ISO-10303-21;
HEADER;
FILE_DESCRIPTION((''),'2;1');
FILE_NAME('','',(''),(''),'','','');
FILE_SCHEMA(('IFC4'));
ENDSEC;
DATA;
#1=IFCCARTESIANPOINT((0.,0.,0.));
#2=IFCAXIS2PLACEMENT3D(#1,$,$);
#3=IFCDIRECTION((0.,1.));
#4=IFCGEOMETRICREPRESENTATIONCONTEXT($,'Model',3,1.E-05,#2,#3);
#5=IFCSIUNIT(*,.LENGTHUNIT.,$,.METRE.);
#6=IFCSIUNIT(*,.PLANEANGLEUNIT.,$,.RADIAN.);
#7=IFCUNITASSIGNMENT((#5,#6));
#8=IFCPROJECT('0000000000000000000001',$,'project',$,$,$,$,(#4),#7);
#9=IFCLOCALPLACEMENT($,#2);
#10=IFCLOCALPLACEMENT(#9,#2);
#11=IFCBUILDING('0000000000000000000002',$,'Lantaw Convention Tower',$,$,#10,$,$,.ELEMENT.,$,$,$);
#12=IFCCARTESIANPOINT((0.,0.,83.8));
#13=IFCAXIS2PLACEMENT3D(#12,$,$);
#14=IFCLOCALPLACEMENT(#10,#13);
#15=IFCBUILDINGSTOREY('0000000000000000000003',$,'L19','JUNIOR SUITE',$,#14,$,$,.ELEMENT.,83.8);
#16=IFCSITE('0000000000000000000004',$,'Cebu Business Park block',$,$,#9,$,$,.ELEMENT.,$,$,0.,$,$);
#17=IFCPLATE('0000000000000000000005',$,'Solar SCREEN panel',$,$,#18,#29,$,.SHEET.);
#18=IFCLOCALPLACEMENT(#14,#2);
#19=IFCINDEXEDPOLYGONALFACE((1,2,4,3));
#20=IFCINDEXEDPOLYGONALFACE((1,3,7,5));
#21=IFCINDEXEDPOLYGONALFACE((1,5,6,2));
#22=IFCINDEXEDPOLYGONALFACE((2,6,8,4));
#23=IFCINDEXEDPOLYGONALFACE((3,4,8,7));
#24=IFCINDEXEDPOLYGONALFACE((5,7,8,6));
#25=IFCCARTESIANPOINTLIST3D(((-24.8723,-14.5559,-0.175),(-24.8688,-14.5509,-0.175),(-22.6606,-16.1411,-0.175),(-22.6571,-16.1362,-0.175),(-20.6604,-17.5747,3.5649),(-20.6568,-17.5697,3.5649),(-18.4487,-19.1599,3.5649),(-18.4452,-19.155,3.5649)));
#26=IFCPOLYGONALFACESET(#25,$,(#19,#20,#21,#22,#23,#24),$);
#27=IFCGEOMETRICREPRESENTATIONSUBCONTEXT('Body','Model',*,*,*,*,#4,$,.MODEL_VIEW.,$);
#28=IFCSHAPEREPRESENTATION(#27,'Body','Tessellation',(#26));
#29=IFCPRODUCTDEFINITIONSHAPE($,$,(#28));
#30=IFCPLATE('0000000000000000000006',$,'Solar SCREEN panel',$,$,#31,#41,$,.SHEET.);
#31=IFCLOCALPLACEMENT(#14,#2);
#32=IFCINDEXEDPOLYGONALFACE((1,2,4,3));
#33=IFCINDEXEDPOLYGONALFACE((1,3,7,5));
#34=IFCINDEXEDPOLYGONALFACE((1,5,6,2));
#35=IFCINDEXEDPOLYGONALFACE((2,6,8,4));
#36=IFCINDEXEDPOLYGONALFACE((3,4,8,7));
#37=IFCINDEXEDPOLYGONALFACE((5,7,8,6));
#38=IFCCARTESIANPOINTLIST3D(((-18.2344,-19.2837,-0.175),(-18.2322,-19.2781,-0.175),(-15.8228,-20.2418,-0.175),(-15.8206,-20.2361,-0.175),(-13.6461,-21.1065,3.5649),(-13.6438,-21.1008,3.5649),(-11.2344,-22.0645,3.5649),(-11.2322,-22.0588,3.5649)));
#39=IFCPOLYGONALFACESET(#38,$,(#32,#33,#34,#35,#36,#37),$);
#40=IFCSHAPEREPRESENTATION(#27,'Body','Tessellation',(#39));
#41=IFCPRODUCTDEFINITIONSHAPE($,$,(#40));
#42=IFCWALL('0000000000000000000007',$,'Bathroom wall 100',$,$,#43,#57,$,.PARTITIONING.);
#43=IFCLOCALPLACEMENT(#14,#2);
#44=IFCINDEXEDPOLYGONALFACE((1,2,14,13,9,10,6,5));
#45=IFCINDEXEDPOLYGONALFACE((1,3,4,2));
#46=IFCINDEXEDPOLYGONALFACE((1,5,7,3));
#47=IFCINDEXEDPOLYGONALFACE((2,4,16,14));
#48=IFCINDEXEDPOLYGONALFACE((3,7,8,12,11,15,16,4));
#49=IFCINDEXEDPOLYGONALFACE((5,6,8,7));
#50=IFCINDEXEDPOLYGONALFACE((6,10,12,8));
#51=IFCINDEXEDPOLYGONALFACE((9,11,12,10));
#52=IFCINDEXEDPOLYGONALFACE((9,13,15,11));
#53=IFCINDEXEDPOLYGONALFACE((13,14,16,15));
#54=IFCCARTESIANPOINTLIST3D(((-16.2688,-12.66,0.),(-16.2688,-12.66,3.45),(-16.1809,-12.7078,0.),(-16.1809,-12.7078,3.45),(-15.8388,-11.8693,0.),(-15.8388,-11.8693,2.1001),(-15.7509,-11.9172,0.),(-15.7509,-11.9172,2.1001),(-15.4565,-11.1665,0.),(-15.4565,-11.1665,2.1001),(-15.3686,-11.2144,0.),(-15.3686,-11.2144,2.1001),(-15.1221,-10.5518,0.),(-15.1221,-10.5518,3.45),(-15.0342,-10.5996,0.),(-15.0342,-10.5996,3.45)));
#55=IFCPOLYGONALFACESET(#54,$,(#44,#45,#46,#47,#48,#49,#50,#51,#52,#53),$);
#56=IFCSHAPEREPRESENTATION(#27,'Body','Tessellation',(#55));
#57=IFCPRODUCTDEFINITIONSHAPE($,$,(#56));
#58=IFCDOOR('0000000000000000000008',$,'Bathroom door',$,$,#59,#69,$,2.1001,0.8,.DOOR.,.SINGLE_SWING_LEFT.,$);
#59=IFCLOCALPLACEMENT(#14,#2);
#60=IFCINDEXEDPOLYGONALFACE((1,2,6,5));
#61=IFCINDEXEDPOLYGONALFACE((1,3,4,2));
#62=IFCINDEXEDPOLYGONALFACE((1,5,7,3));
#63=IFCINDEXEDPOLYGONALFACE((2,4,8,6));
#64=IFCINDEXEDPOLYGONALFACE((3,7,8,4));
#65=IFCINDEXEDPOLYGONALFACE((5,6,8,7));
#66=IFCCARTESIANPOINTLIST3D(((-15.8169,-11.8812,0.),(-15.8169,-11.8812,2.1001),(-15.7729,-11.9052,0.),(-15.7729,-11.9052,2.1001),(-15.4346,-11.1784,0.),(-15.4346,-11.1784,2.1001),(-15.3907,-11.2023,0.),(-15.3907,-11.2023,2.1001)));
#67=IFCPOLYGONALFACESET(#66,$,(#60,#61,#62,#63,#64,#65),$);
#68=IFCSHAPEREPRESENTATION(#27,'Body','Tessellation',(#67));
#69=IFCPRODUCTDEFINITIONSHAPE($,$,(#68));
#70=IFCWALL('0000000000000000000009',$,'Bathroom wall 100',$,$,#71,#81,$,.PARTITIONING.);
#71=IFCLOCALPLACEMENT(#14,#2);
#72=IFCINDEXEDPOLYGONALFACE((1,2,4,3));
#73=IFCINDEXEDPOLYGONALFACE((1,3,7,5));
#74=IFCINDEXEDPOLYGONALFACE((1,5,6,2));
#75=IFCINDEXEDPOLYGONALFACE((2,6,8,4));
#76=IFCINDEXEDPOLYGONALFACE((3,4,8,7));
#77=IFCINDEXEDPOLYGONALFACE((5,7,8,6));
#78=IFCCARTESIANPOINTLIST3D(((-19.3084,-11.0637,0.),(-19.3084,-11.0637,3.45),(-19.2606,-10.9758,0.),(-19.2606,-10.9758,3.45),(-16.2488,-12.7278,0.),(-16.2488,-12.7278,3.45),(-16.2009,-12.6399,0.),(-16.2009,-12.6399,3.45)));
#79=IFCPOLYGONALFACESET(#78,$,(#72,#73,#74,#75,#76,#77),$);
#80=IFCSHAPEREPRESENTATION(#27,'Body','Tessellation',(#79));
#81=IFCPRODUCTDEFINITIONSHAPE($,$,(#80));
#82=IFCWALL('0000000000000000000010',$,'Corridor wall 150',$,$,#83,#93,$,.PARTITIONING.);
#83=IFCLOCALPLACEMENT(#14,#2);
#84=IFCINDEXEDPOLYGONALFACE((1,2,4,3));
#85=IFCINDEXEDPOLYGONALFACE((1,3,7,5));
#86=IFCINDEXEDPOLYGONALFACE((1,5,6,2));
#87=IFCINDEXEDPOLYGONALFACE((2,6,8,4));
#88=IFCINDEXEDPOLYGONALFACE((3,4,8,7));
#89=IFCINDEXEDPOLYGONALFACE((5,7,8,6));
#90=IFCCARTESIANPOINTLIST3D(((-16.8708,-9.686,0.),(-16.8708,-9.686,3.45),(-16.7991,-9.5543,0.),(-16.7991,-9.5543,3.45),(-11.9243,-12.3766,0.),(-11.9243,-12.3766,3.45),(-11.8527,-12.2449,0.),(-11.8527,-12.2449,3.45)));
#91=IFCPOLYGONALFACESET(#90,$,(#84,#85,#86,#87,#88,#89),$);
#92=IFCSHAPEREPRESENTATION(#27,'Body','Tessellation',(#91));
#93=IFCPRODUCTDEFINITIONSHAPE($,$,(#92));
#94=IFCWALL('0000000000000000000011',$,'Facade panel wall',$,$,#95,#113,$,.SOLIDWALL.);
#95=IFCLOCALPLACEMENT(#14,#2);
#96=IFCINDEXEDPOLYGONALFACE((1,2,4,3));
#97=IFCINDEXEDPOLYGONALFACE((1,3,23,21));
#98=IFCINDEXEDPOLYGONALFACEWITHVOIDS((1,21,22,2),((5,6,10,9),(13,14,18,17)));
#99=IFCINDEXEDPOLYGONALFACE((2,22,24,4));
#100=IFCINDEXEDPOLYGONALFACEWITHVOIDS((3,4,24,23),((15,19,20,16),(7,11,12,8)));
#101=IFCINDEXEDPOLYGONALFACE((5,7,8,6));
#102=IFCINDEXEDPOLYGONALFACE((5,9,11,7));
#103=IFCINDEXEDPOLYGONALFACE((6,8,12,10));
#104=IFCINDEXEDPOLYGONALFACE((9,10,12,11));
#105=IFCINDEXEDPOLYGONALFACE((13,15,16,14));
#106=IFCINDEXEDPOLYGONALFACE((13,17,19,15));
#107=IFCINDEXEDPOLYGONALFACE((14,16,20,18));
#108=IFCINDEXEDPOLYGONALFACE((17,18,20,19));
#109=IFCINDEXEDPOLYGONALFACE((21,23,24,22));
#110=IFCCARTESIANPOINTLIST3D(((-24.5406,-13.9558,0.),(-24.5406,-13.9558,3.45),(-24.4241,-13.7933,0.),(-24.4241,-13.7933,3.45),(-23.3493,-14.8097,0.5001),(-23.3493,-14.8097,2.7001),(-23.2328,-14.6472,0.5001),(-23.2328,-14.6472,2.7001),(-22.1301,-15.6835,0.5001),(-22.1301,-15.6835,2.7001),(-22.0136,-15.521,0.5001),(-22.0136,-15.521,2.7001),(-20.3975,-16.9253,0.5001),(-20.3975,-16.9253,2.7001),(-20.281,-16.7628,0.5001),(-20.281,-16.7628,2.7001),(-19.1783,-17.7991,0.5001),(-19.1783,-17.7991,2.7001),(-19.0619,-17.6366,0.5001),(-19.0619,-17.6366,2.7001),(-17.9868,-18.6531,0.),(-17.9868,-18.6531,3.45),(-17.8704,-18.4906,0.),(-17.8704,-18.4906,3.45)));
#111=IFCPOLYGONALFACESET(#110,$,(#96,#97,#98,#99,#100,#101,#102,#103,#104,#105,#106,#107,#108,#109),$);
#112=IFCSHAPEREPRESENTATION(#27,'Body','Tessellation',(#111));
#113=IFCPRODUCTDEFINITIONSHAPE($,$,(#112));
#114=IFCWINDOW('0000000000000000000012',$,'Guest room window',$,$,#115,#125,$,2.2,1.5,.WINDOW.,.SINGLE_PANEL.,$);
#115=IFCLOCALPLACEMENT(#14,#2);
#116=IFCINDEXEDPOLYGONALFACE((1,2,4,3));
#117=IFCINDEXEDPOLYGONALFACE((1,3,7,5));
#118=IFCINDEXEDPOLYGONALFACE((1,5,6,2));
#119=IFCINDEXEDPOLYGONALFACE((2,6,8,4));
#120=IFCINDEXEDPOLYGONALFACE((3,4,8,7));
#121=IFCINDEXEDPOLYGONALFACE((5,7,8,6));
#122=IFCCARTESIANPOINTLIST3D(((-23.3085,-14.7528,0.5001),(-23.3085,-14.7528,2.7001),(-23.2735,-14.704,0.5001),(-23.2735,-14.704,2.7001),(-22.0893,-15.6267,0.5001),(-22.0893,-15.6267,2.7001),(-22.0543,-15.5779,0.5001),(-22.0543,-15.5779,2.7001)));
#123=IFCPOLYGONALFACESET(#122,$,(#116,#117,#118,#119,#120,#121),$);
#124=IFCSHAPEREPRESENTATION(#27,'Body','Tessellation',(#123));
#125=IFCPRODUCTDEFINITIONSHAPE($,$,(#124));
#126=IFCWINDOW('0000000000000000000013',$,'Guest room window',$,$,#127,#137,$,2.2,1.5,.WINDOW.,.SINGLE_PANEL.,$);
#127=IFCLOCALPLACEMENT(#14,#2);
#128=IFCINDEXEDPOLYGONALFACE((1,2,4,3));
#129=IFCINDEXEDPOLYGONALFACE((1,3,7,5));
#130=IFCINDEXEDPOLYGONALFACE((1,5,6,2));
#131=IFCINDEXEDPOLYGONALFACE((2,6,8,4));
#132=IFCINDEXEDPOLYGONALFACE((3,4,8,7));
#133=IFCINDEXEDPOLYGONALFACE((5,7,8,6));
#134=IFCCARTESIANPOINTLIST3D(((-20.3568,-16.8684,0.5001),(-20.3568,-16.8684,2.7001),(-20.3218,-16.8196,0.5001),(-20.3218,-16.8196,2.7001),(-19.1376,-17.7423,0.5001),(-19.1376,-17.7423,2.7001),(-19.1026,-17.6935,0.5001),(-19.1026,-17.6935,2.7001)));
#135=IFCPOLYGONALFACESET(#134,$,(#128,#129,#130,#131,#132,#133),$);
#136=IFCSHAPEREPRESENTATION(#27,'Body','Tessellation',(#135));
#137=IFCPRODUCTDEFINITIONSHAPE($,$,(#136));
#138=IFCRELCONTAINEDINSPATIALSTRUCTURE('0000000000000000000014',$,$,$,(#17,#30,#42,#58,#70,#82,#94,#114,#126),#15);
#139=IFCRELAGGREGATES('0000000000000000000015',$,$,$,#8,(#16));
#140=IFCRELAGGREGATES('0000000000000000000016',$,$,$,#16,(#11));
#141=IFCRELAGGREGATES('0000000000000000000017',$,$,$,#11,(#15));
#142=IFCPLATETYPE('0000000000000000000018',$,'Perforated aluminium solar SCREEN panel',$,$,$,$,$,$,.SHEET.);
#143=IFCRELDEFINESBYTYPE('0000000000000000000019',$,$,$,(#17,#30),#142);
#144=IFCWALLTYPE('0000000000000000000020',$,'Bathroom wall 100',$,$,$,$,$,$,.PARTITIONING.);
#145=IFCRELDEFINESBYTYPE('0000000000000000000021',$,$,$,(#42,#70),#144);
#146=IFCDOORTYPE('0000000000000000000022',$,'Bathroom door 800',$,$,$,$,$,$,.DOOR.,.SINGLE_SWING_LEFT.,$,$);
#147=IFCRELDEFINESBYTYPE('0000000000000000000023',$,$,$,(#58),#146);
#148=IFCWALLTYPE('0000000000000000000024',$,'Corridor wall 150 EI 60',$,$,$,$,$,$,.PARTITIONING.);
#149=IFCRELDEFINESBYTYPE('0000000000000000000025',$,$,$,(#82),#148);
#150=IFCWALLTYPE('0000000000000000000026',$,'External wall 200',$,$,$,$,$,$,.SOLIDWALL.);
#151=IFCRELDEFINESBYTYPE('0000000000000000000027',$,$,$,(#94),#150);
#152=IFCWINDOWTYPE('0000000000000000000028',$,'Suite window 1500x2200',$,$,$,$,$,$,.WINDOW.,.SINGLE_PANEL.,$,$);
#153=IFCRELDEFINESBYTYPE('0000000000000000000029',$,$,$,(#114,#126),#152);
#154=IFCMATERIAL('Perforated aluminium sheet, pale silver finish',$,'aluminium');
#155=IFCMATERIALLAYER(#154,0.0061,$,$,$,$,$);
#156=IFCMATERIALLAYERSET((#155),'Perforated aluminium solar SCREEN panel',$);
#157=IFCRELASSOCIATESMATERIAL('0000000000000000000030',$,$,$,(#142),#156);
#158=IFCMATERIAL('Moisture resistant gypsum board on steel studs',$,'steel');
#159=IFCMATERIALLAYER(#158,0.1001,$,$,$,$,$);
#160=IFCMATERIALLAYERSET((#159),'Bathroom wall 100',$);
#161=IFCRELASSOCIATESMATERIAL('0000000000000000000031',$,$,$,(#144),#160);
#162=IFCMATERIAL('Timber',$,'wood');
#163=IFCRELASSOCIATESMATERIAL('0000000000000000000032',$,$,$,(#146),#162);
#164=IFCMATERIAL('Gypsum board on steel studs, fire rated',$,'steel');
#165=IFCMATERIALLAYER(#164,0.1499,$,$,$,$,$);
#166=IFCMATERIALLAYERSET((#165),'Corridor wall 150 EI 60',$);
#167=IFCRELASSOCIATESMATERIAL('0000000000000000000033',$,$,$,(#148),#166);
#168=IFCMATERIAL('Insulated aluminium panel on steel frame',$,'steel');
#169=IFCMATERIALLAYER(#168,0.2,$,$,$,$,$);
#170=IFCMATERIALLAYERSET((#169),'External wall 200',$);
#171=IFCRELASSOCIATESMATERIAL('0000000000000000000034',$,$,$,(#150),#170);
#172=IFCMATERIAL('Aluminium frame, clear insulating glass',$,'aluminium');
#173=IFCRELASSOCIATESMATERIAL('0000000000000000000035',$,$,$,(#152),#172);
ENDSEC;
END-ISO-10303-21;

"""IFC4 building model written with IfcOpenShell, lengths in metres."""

from ifc_helpers import new_model, si_unit, direction, frame, frame_2d, origin, place, context, subcontext, project, spatial, polyline, rectangle, outline, extrude, material, layer, layer_set, type_object, element, fill, save


model = new_model("IFC4")

# Units and contexts
model_context = context("Model", 3, precision=1e-05, world=origin(), true_north=direction((0.0, 1.0)))
body_context = subcontext(model_context, "Body", "Model", "MODEL_VIEW")
ifc_project = project(units=[si_unit("LENGTHUNIT", "METRE"), si_unit("PLANEANGLEUNIT", "RADIAN")], contexts=[model_context])

# Site, building, storey
site_placement = place(None, origin())
site = spatial("IfcSite", under=ifc_project, at=site_placement, Name="Cebu Business Park block", CompositionType="ELEMENT", RefElevation=0.0)
building_placement = place(site_placement, origin())
building = spatial("IfcBuilding", under=site, at=building_placement, Name="Lantaw Convention Tower", CompositionType="ELEMENT")
storey_placement = place(building_placement, frame((0.0, 0.0, 83.8)))
storey = spatial("IfcBuildingStorey", under=building, at=storey_placement, Name="L19", Description="JUNIOR SUITE", CompositionType="ELEMENT", Elevation=83.8)

# Plates
ifc_material_1 = material(Name="Perforated aluminium sheet, pale silver finish", Category="aluminium")
ifc_layer_1 = layer(ifc_material_1, 0.0061)
ifc_layer_set_1 = layer_set([ifc_layer_1], Name="Perforated aluminium solar SCREEN panel")
plate_type = type_object("IfcPlateType", Name="Perforated aluminium solar SCREEN panel", PredefinedType="SHEET", material=ifc_layer_set_1)
plate_1_placement = place(storey_placement, frame((-24.8723, -14.5559, -0.175), z_axis=(-0.582561, -0.812787, 0.000016), x_axis=(0.812787, -0.582561, 0.0)))
element("IfcPlate", 1, at=plate_1_placement, inside=storey, type_object=plate_type, Name="Solar SCREEN panel", PredefinedType="SHEET", context=body_context, shape_type="SweptSolid", body=[
    extrude(outline(polyline([(0.0, 0.0), (2.7211, 0.0), (7.9031, 3.74), (5.182, 3.74), (0.0, 0.0)])), origin(), (0.0, 0.0, -1.0), 0.0061),
])
plate_2_placement = place(storey_placement, frame((-18.2322, -19.2781, -0.175), z_axis=(0.369184, 0.929357, 0.000009), x_axis=(0.929357, -0.369184, 0.0)))
element("IfcPlate", 2, at=plate_2_placement, inside=storey, type_object=plate_type, Name="Solar SCREEN panel", PredefinedType="SHEET", context=body_context, shape_type="SweptSolid", body=[
    extrude(outline(polyline([(0.0, 0.0), (2.5949, 0.0), (7.5321, -3.74), (4.9372, -3.74), (0.0, 0.0)])), origin(), (0.0, 0.0, -1.0), 0.0061),
])

# Wall, opening, door
ifc_material_2 = material(Name="Moisture resistant gypsum board on steel studs", Category="steel")
ifc_layer_2 = layer(ifc_material_2, 0.1001)
ifc_layer_set_2 = layer_set([ifc_layer_2], Name="Bathroom wall 100")
wall_type_1 = type_object("IfcWallType", Name="Bathroom wall 100", PredefinedType="PARTITIONING", material=ifc_layer_set_2)
wall_1_placement = place(storey_placement, frame((-15.0781, -10.5757, 0.0), z_axis=(0.0, 0.0, 1.0), x_axis=(-0.477833, -0.878451, 0.0)))
wall_1 = element("IfcWall", 3, at=wall_1_placement, inside=storey, type_object=wall_type_1, Name="Bathroom wall 100", PredefinedType="PARTITIONING", context=body_context, shape_type="SweptSolid", body=[
    extrude(rectangle(XDim=2.3999, YDim=0.1001, at=frame_2d((1.2, 0.0))), origin(), (0.0, 0.0, 1.0), 3.45),
])
opening_1_placement = place(wall_1_placement, frame((0.7, 0.0, 0.0)))
opening_1 = element("IfcOpeningElement", 4, at=opening_1_placement, cuts=wall_1, PredefinedType="OPENING", context=body_context, shape_type="SweptSolid", body=[
    extrude(rectangle(XDim=0.8, YDim=2.1001, at=frame_2d((0.3999, 1.05))), frame((0.0, 0.0601, 0.0), z_axis=(0.0, -1.0, 0.0), x_axis=(1.0, 0.0, 0.0)), (0.0, 0.0, 1.0), 0.1201),
])
ifc_material_3 = material(Name="Timber", Category="wood")
door_type = type_object("IfcDoorType", Name="Bathroom door 800", OperationType="SINGLE_SWING_LEFT", PredefinedType="DOOR", material=ifc_material_3)
door_placement = place(opening_1_placement, origin())
door = element("IfcDoor", 5, at=door_placement, inside=storey, type_object=door_type, Name="Bathroom door", OperationType="SINGLE_SWING_LEFT", OverallHeight=2.1001, OverallWidth=0.8, PredefinedType="DOOR", context=body_context, shape_type="SweptSolid", body=[
    extrude(rectangle(XDim=0.8, YDim=2.1001, at=frame_2d((0.3999, 1.05))), frame((0.0, 0.0249, 0.0), z_axis=(0.0, -1.0, 0.0), x_axis=(1.0, 0.0, 0.0)), (0.0, 0.0, 1.0), 0.05),
])
fill(opening_1, door)

# Walls
wall_2_placement = place(storey_placement, frame((-16.2249, -12.6838, 0.0), z_axis=(0.0, 0.0, 1.0), x_axis=(-0.878474, 0.477791, 0.0)))
element("IfcWall", 6, at=wall_2_placement, inside=storey, type_object=wall_type_1, Name="Bathroom wall 100", PredefinedType="PARTITIONING", context=body_context, shape_type="SweptSolid", body=[
    extrude(rectangle(XDim=3.4829, YDim=0.1001, at=frame_2d((1.7415, 0.0))), origin(), (0.0, 0.0, 1.0), 3.45),
])
ifc_material_4 = material(Name="Gypsum board on steel studs, fire rated", Category="steel")
ifc_layer_3 = layer(ifc_material_4, 0.1499)
ifc_layer_set_3 = layer_set([ifc_layer_3], Name="Corridor wall 150 EI 60")
wall_type_2 = type_object("IfcWallType", Name="Corridor wall 150 EI 60", PredefinedType="PARTITIONING", material=ifc_layer_set_3)
wall_3_placement = place(storey_placement, frame((-16.835, -9.6201, 0.0), z_axis=(0.0, 0.0, 1.0), x_axis=(0.87845, -0.477834, 0.0)))
element("IfcWall", 7, at=wall_3_placement, inside=storey, type_object=wall_type_2, Name="Corridor wall 150", PredefinedType="PARTITIONING", context=body_context, shape_type="SweptSolid", body=[
    extrude(rectangle(XDim=5.6309, YDim=0.1499, at=frame_2d((2.8154, 0.0))), origin(), (0.0, 0.0, 1.0), 3.45),
])

# Wall, openings, windows
ifc_material_5 = material(Name="Insulated aluminium panel on steel frame", Category="steel")
ifc_layer_4 = layer(ifc_material_5, 0.2)
ifc_layer_set_4 = layer_set([ifc_layer_4], Name="External wall 200")
wall_type_3 = type_object("IfcWallType", Name="External wall 200", PredefinedType="SOLIDWALL", material=ifc_layer_set_4)
wall_4_placement = place(storey_placement, frame((-24.4824, -13.8745, 0.0), z_axis=(0.0, 0.0, 1.0), x_axis=(0.812791, -0.582555, 0.0)))
wall_4 = element("IfcWall", 8, at=wall_4_placement, inside=storey, type_object=wall_type_3, Name="Facade panel wall", PredefinedType="SOLIDWALL", context=body_context, shape_type="SweptSolid", body=[
    extrude(rectangle(XDim=8.0632, YDim=0.2, at=frame_2d((4.0317, 0.0))), origin(), (0.0, 0.0, 1.0), 3.45),
])
opening_2_placement = place(wall_4_placement, frame((1.4658, 0.0, 0.5)))
opening_2 = element("IfcOpeningElement", 9, at=opening_2_placement, cuts=wall_4, PredefinedType="OPENING", context=body_context, shape_type="SweptSolid", body=[
    extrude(rectangle(XDim=1.5, YDim=2.2, at=frame_2d((0.75, 1.1001))), frame((0.0, 0.1099, 0.0), z_axis=(0.0, -1.0, 0.0), x_axis=(1.0, 0.0, 0.0)), (0.0, 0.0, 1.0), 0.22),
])
opening_3_placement = place(wall_4_placement, frame((5.0974, 0.0, 0.5)))
opening_3 = element("IfcOpeningElement", 10, at=opening_3_placement, cuts=wall_4, PredefinedType="OPENING", context=body_context, shape_type="SweptSolid", body=[
    extrude(rectangle(XDim=1.5, YDim=2.2, at=frame_2d((0.75, 1.1001))), frame((0.0, 0.1099, 0.0), z_axis=(0.0, -1.0, 0.0), x_axis=(1.0, 0.0, 0.0)), (0.0, 0.0, 1.0), 0.22),
])
ifc_material_6 = material(Name="Aluminium frame, clear insulating glass", Category="aluminium")
window_type = type_object("IfcWindowType", Name="Suite window 1500x2200", PartitioningType="SINGLE_PANEL", PredefinedType="WINDOW", material=ifc_material_6)
window_1_placement = place(opening_2_placement, origin())
window_1 = element("IfcWindow", 11, at=window_1_placement, inside=storey, type_object=window_type, Name="Guest room window", OverallHeight=2.2, OverallWidth=1.5, PartitioningType="SINGLE_PANEL", PredefinedType="WINDOW", context=body_context, shape_type="SweptSolid", body=[
    extrude(rectangle(XDim=1.5, YDim=2.2, at=frame_2d((0.75, 1.1001))), frame((0.0, 0.03, 0.0), z_axis=(0.0, -1.0, 0.0), x_axis=(1.0, 0.0, 0.0)), (0.0, 0.0, 1.0), 0.0601),
])
fill(opening_2, window_1)
window_2_placement = place(opening_3_placement, origin())
window_2 = element("IfcWindow", 12, at=window_2_placement, inside=storey, type_object=window_type, Name="Guest room window", OverallHeight=2.2, OverallWidth=1.5, PartitioningType="SINGLE_PANEL", PredefinedType="WINDOW", context=body_context, shape_type="SweptSolid", body=[
    extrude(rectangle(XDim=1.5, YDim=2.2, at=frame_2d((0.75, 1.1001))), frame((0.0, 0.03, 0.0), z_axis=(0.0, -1.0, 0.0), x_axis=(1.0, 0.0, 0.0)), (0.0, 0.0, 1.0), 0.0601),
])
fill(opening_3, window_2)

save(model, "model.ifc")
